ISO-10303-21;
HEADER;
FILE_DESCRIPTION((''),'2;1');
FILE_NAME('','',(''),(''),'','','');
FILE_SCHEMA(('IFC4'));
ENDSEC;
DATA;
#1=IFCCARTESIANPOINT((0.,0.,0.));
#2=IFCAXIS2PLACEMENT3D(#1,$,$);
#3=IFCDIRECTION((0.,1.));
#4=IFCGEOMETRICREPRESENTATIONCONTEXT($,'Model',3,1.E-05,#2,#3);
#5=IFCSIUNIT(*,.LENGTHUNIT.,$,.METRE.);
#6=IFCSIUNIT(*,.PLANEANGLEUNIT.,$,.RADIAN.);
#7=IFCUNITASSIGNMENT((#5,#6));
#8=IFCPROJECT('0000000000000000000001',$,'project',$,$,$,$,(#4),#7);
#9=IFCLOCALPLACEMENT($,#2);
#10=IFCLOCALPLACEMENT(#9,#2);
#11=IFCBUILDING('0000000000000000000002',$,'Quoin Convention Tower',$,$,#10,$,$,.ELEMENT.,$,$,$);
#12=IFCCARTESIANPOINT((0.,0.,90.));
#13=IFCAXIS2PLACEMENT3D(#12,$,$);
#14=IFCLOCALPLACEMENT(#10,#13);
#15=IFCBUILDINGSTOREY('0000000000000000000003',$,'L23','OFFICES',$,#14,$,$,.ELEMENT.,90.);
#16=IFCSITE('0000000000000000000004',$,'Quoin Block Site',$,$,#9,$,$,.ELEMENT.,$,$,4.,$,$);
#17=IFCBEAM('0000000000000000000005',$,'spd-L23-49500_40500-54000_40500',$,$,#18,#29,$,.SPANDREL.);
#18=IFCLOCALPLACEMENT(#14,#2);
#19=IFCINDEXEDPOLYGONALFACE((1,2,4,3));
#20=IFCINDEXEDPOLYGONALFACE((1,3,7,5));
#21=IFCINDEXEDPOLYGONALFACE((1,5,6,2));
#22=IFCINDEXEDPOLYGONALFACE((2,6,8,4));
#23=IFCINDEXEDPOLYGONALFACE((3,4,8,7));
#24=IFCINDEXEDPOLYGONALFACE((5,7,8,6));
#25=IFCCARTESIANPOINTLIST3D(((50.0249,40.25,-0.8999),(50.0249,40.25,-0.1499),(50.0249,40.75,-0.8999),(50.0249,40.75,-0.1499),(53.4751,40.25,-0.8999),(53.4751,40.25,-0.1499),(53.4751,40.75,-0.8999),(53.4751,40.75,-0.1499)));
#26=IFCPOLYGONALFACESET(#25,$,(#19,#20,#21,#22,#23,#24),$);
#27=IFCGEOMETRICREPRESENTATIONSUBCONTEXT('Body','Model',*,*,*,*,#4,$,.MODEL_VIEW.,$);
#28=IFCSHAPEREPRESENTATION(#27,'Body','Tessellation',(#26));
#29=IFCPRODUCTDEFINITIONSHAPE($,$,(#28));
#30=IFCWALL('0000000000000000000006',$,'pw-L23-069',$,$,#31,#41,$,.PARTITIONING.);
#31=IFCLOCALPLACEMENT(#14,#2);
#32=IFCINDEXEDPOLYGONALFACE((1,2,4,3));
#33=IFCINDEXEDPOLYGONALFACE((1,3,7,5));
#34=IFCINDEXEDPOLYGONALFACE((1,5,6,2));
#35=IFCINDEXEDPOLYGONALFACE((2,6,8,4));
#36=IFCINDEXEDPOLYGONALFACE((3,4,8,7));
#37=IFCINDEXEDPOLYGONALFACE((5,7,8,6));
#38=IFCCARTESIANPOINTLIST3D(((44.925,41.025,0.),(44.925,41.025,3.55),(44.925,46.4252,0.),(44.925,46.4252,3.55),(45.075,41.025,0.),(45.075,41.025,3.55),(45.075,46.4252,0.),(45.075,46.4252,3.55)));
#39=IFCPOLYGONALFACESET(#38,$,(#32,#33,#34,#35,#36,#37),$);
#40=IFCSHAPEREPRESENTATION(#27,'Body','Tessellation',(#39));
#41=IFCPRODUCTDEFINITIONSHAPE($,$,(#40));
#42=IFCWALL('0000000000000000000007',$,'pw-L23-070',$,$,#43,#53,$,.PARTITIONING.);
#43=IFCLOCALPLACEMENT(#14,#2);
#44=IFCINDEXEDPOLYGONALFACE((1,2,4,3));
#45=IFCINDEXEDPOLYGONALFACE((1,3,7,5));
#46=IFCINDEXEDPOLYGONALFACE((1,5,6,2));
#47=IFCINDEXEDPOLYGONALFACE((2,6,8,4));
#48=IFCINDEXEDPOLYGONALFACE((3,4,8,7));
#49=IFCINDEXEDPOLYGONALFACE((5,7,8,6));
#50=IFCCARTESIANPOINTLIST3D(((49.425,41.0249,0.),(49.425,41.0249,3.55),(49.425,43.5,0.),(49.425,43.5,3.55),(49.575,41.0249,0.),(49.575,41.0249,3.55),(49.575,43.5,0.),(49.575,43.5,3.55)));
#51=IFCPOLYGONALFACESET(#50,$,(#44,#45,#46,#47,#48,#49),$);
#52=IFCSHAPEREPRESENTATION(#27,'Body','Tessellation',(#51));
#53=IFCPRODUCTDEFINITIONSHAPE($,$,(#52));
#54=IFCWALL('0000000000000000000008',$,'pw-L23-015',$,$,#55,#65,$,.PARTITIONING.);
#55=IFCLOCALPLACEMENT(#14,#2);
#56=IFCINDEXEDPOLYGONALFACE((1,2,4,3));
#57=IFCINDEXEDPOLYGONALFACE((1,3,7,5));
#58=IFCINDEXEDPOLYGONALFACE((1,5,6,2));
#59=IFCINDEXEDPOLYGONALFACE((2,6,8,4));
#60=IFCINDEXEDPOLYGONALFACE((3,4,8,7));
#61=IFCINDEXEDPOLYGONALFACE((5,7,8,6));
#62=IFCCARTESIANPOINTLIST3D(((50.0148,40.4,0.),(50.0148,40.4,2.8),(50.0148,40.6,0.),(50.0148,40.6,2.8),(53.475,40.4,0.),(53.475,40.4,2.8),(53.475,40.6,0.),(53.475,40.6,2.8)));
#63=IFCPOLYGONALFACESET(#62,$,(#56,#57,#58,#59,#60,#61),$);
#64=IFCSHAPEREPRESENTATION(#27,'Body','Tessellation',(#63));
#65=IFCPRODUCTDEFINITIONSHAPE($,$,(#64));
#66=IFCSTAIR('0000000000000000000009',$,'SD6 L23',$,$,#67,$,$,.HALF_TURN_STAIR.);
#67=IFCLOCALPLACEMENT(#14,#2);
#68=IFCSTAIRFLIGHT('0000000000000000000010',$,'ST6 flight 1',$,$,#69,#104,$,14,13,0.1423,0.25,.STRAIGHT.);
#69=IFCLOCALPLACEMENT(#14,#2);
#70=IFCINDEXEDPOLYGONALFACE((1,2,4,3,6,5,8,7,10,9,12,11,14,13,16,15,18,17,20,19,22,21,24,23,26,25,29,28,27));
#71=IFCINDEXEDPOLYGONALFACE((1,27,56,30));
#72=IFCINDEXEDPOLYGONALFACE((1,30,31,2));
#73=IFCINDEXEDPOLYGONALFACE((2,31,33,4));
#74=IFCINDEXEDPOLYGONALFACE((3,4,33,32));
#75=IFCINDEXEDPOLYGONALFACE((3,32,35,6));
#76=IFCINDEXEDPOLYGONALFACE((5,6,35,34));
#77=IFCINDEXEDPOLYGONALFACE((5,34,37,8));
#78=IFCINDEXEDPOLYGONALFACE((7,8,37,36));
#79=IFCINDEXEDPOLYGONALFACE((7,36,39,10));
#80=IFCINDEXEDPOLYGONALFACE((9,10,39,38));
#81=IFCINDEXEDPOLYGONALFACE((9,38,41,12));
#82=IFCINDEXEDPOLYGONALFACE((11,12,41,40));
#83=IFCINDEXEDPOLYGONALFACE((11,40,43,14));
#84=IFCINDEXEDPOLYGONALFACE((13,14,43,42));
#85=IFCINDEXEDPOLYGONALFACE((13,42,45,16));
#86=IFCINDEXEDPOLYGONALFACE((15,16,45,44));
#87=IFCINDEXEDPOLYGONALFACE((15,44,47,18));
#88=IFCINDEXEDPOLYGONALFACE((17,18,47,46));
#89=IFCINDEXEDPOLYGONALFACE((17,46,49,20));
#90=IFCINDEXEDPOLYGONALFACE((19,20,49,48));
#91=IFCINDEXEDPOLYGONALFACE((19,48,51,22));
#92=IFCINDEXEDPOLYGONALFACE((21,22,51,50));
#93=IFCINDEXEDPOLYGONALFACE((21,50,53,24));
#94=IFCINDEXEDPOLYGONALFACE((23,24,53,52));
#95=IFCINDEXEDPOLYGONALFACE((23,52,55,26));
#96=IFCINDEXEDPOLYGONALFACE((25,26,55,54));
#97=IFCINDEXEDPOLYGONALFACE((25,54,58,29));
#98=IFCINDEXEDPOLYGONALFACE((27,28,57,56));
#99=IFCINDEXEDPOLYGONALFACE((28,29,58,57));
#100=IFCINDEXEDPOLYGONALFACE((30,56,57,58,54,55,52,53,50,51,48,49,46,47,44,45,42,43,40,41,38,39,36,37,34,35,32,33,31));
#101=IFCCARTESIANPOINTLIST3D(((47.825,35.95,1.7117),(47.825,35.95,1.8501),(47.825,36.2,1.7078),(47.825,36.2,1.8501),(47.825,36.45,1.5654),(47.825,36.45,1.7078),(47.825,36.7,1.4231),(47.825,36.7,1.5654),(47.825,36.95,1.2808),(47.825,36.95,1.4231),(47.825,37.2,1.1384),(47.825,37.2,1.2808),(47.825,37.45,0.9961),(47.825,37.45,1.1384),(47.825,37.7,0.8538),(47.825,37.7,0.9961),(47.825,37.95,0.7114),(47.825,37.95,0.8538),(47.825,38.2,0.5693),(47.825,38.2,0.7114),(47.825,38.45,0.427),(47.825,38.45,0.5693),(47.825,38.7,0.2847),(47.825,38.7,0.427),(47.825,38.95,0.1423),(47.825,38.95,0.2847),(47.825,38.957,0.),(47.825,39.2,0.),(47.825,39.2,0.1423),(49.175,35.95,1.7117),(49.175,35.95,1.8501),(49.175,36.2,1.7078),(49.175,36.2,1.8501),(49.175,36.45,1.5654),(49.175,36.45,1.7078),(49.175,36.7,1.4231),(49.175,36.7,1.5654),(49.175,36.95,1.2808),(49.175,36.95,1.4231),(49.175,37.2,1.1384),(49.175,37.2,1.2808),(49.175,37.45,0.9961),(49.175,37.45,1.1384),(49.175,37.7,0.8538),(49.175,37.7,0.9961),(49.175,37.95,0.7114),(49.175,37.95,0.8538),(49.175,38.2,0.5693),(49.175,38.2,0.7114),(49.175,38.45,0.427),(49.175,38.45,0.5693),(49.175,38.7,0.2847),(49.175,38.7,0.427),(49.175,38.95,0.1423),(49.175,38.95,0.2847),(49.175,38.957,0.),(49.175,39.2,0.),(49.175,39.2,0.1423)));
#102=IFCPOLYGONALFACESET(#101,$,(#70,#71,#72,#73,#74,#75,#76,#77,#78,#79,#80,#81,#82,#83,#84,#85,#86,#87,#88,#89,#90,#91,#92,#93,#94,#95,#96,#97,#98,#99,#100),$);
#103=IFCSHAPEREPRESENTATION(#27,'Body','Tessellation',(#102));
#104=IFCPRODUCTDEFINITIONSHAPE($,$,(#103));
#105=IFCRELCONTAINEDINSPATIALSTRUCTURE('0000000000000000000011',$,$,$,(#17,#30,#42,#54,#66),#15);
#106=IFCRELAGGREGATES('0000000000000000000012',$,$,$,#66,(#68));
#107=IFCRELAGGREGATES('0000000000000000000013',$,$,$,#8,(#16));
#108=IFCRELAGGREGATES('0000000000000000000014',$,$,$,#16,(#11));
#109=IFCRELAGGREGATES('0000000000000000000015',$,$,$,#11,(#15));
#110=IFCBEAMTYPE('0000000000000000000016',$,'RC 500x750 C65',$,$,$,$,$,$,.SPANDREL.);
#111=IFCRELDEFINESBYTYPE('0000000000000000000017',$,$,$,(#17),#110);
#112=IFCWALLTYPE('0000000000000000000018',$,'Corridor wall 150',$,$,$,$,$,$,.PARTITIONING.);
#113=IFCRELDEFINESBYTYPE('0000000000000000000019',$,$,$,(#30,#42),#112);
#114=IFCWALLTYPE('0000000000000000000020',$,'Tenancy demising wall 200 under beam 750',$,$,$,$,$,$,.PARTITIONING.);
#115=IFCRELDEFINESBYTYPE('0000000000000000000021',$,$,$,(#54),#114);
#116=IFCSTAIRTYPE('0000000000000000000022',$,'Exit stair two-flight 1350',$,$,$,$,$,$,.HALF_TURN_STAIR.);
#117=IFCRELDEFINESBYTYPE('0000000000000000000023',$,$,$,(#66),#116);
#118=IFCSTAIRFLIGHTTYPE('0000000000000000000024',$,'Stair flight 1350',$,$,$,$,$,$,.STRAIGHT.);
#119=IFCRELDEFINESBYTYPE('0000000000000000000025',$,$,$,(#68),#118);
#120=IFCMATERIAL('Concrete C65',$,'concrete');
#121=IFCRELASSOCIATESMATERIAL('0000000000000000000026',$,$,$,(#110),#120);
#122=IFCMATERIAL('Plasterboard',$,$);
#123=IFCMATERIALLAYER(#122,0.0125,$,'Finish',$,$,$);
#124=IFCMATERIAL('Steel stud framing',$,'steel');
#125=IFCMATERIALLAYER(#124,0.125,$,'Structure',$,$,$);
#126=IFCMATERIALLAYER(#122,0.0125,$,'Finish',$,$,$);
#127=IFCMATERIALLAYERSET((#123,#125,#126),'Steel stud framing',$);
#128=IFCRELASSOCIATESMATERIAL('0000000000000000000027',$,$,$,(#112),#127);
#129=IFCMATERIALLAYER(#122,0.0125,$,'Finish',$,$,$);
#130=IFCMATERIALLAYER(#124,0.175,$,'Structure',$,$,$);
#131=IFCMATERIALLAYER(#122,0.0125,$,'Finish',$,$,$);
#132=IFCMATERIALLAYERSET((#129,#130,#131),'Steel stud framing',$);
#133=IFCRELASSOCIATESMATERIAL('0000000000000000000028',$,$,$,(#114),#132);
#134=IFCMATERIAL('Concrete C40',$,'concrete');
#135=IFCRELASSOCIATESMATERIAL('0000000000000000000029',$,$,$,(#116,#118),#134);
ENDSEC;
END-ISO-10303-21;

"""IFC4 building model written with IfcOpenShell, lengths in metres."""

from ifc_helpers import new_model, si_unit, direction, frame, frame_2d, origin, origin_2d, place, context, subcontext, project, spatial, polyline, rectangle, outline, extrude, material, layer, layer_set, material_profile, profile_set, type_object, element, aggregate, save


model = new_model("IFC4")

# Units and contexts
model_context = context("Model", 3, precision=1e-05, world=origin(), true_north=direction((0.0, 1.0)))
body_context = subcontext(model_context, "Body", "Model", "MODEL_VIEW")
ifc_project = project(units=[si_unit("LENGTHUNIT", "METRE"), si_unit("PLANEANGLEUNIT", "RADIAN")], contexts=[model_context])

# Site, building, storey
site_placement = place(None, origin())
site = spatial("IfcSite", under=ifc_project, at=site_placement, Name="Quoin Block Site", CompositionType="ELEMENT", RefElevation=4.0)
building_placement = place(site_placement, origin())
building = spatial("IfcBuilding", under=site, at=building_placement, Name="Quoin Convention Tower", CompositionType="ELEMENT")
storey_placement = place(building_placement, frame((0.0, 0.0, 90.0)))
storey = spatial("IfcBuildingStorey", under=building, at=storey_placement, Name="L23", Description="OFFICES", CompositionType="ELEMENT", Elevation=90.0)

# Shared definitions
ifc_material_1 = material(Name="Concrete C65", Category="concrete")

# Beam
ifc_material_profile_1 = material_profile(ifc_material_1, rectangle(XDim=0.5, YDim=0.75, at=origin_2d()), Name="RC 500x750")
ifc_profile_set_1 = profile_set([ifc_material_profile_1], Name="Concrete C65")
beam_type_1 = type_object("IfcBeamType", Name="RC 500x750 C65", PredefinedType="SPANDREL", material=ifc_profile_set_1)
for number, where, z_axis, x_axis, name in (
    (1, (50.0249, 40.5, -0.5249), (1.0, 0.0, 0.0), (0.0, 1.0, 0.0), "spd-L23-49500_40500-54000_40500"),
):
    element("IfcBeam", number, at=place(storey_placement, frame(where, z_axis=z_axis, x_axis=x_axis)), inside=storey, type_object=beam_type_1, Name=name, PredefinedType="SPANDREL", context=body_context, shape_type="SweptSolid", body=[
        extrude(rectangle(XDim=0.5, YDim=0.75, at=origin_2d()), origin(), (0.0, 0.0, 1.0), 3.4502),
    ])

# Walls
ifc_material_2 = material(Name="Plasterboard")
ifc_layer_1 = layer(ifc_material_2, 0.0125, Name="Finish")
ifc_material_3 = material(Name="Steel stud framing", Category="steel")
ifc_layer_2 = layer(ifc_material_3, 0.125, Name="Structure")
ifc_layer_3 = layer(ifc_material_2, 0.0125, Name="Finish")
ifc_layer_set_1 = layer_set([ifc_layer_1, ifc_layer_2, ifc_layer_3], Name="Steel stud framing")
wall_type_1 = type_object("IfcWallType", Name="Corridor wall 150", PredefinedType="PARTITIONING", material=ifc_layer_set_1)
wall_1_placement = place(storey_placement, frame((45.0, 41.0249, 0.0), z_axis=(0.0, 0.0, 1.0), x_axis=(0.0, 1.0, 0.0)))
element("IfcWall", 2, at=wall_1_placement, inside=storey, type_object=wall_type_1, Name="pw-L23-069", PredefinedType="PARTITIONING", context=body_context, shape_type="SweptSolid", body=[
    extrude(rectangle(XDim=5.4001, YDim=0.1499, at=frame_2d((2.7002, 0.0))), origin(), (0.0, 0.0, 1.0), 3.55),
])
wall_2_placement = place(storey_placement, frame((49.5, 41.0249, 0.0), z_axis=(0.0, 0.0, 1.0), x_axis=(0.0, 1.0, 0.0)))
element("IfcWall", 3, at=wall_2_placement, inside=storey, type_object=wall_type_1, Name="pw-L23-070", PredefinedType="PARTITIONING", context=body_context, shape_type="SweptSolid", body=[
    extrude(rectangle(XDim=2.4751, YDim=0.1499, at=frame_2d((1.2375, 0.0))), origin(), (0.0, 0.0, 1.0), 3.55),
])
ifc_layer_4 = layer(ifc_material_2, 0.0125, Name="Finish")
ifc_layer_5 = layer(ifc_material_3, 0.175, Name="Structure")
ifc_layer_6 = layer(ifc_material_2, 0.0125, Name="Finish")
ifc_layer_set_2 = layer_set([ifc_layer_4, ifc_layer_5, ifc_layer_6], Name="Steel stud framing")
wall_type_2 = type_object("IfcWallType", Name="Tenancy demising wall 200 under beam 750", PredefinedType="PARTITIONING", material=ifc_layer_set_2)
wall_3_placement = place(storey_placement, frame((50.0149, 40.5, 0.0), z_axis=(0.0, 0.0, 1.0), x_axis=(1.0, 0.0, 0.0)))
element("IfcWall", 4, at=wall_3_placement, inside=storey, type_object=wall_type_2, Name="pw-L23-015", PredefinedType="PARTITIONING", context=body_context, shape_type="SweptSolid", body=[
    extrude(rectangle(XDim=3.4602, YDim=0.2, at=frame_2d((1.73, 0.0))), origin(), (0.0, 0.0, 1.0), 2.8),
])

# Stair, stair flight
ifc_material_4 = material(Name="Concrete C40", Category="concrete")
stair_type = type_object("IfcStairType", Name="Exit stair two-flight 1350", PredefinedType="HALF_TURN_STAIR", material=ifc_material_4)
stair_placement = place(storey_placement, origin())
stair = element("IfcStair", 5, at=stair_placement, inside=storey, type_object=stair_type, Name="SD6 L23", PredefinedType="HALF_TURN_STAIR")
stair_flight_type = type_object("IfcStairFlightType", Name="Stair flight 1350", PredefinedType="STRAIGHT", material=ifc_material_4)
stair_flight_placement = place(storey_placement, frame((48.5, 39.2, 0.0), z_axis=(0.0, 0.0, 1.0), x_axis=(0.0, -1.0, 0.0)))
stair_flight = element("IfcStairFlight", 6, at=stair_flight_placement, type_object=stair_flight_type, Name="ST6 flight 1", NumberOfRisers=14, NumberOfTreads=13, PredefinedType="STRAIGHT", RiserHeight=0.1423, TreadLength=0.25, context=body_context, shape_type="SweptSolid", body=[
    extrude(outline(polyline([(0.0, 0.0), (0.0, 0.1423), (0.25, 0.1423), (0.25, 0.2847), (0.5, 0.2847), (0.5, 0.427), (0.75, 0.427), (0.75, 0.5693), (1.0, 0.5693), (1.0, 0.7114), (1.25, 0.7114), (1.25, 0.8538), (1.5, 0.8538), (1.5, 0.9961), (1.75, 0.9961), (1.75, 1.1384), (2.0, 1.1384), (2.0, 1.2808), (2.25, 1.2808), (2.25, 1.4231), (2.5, 1.4231), (2.5, 1.5654), (2.75, 1.5654), (2.75, 1.7078), (3.0, 1.7078), (3.0, 1.8501), (3.25, 1.8501), (3.25, 1.9922), (3.25, 1.7117), (0.2429, 0.0), (0.0, 0.0)])), frame((0.0, 0.675, 0.0), z_axis=(0.0, -1.0, 0.0), x_axis=(1.0, 0.0, 0.0)), (0.0, 0.0, 1.0), 1.3501),
])
aggregate(stair, [stair_flight])

save(model, "model.ifc")
